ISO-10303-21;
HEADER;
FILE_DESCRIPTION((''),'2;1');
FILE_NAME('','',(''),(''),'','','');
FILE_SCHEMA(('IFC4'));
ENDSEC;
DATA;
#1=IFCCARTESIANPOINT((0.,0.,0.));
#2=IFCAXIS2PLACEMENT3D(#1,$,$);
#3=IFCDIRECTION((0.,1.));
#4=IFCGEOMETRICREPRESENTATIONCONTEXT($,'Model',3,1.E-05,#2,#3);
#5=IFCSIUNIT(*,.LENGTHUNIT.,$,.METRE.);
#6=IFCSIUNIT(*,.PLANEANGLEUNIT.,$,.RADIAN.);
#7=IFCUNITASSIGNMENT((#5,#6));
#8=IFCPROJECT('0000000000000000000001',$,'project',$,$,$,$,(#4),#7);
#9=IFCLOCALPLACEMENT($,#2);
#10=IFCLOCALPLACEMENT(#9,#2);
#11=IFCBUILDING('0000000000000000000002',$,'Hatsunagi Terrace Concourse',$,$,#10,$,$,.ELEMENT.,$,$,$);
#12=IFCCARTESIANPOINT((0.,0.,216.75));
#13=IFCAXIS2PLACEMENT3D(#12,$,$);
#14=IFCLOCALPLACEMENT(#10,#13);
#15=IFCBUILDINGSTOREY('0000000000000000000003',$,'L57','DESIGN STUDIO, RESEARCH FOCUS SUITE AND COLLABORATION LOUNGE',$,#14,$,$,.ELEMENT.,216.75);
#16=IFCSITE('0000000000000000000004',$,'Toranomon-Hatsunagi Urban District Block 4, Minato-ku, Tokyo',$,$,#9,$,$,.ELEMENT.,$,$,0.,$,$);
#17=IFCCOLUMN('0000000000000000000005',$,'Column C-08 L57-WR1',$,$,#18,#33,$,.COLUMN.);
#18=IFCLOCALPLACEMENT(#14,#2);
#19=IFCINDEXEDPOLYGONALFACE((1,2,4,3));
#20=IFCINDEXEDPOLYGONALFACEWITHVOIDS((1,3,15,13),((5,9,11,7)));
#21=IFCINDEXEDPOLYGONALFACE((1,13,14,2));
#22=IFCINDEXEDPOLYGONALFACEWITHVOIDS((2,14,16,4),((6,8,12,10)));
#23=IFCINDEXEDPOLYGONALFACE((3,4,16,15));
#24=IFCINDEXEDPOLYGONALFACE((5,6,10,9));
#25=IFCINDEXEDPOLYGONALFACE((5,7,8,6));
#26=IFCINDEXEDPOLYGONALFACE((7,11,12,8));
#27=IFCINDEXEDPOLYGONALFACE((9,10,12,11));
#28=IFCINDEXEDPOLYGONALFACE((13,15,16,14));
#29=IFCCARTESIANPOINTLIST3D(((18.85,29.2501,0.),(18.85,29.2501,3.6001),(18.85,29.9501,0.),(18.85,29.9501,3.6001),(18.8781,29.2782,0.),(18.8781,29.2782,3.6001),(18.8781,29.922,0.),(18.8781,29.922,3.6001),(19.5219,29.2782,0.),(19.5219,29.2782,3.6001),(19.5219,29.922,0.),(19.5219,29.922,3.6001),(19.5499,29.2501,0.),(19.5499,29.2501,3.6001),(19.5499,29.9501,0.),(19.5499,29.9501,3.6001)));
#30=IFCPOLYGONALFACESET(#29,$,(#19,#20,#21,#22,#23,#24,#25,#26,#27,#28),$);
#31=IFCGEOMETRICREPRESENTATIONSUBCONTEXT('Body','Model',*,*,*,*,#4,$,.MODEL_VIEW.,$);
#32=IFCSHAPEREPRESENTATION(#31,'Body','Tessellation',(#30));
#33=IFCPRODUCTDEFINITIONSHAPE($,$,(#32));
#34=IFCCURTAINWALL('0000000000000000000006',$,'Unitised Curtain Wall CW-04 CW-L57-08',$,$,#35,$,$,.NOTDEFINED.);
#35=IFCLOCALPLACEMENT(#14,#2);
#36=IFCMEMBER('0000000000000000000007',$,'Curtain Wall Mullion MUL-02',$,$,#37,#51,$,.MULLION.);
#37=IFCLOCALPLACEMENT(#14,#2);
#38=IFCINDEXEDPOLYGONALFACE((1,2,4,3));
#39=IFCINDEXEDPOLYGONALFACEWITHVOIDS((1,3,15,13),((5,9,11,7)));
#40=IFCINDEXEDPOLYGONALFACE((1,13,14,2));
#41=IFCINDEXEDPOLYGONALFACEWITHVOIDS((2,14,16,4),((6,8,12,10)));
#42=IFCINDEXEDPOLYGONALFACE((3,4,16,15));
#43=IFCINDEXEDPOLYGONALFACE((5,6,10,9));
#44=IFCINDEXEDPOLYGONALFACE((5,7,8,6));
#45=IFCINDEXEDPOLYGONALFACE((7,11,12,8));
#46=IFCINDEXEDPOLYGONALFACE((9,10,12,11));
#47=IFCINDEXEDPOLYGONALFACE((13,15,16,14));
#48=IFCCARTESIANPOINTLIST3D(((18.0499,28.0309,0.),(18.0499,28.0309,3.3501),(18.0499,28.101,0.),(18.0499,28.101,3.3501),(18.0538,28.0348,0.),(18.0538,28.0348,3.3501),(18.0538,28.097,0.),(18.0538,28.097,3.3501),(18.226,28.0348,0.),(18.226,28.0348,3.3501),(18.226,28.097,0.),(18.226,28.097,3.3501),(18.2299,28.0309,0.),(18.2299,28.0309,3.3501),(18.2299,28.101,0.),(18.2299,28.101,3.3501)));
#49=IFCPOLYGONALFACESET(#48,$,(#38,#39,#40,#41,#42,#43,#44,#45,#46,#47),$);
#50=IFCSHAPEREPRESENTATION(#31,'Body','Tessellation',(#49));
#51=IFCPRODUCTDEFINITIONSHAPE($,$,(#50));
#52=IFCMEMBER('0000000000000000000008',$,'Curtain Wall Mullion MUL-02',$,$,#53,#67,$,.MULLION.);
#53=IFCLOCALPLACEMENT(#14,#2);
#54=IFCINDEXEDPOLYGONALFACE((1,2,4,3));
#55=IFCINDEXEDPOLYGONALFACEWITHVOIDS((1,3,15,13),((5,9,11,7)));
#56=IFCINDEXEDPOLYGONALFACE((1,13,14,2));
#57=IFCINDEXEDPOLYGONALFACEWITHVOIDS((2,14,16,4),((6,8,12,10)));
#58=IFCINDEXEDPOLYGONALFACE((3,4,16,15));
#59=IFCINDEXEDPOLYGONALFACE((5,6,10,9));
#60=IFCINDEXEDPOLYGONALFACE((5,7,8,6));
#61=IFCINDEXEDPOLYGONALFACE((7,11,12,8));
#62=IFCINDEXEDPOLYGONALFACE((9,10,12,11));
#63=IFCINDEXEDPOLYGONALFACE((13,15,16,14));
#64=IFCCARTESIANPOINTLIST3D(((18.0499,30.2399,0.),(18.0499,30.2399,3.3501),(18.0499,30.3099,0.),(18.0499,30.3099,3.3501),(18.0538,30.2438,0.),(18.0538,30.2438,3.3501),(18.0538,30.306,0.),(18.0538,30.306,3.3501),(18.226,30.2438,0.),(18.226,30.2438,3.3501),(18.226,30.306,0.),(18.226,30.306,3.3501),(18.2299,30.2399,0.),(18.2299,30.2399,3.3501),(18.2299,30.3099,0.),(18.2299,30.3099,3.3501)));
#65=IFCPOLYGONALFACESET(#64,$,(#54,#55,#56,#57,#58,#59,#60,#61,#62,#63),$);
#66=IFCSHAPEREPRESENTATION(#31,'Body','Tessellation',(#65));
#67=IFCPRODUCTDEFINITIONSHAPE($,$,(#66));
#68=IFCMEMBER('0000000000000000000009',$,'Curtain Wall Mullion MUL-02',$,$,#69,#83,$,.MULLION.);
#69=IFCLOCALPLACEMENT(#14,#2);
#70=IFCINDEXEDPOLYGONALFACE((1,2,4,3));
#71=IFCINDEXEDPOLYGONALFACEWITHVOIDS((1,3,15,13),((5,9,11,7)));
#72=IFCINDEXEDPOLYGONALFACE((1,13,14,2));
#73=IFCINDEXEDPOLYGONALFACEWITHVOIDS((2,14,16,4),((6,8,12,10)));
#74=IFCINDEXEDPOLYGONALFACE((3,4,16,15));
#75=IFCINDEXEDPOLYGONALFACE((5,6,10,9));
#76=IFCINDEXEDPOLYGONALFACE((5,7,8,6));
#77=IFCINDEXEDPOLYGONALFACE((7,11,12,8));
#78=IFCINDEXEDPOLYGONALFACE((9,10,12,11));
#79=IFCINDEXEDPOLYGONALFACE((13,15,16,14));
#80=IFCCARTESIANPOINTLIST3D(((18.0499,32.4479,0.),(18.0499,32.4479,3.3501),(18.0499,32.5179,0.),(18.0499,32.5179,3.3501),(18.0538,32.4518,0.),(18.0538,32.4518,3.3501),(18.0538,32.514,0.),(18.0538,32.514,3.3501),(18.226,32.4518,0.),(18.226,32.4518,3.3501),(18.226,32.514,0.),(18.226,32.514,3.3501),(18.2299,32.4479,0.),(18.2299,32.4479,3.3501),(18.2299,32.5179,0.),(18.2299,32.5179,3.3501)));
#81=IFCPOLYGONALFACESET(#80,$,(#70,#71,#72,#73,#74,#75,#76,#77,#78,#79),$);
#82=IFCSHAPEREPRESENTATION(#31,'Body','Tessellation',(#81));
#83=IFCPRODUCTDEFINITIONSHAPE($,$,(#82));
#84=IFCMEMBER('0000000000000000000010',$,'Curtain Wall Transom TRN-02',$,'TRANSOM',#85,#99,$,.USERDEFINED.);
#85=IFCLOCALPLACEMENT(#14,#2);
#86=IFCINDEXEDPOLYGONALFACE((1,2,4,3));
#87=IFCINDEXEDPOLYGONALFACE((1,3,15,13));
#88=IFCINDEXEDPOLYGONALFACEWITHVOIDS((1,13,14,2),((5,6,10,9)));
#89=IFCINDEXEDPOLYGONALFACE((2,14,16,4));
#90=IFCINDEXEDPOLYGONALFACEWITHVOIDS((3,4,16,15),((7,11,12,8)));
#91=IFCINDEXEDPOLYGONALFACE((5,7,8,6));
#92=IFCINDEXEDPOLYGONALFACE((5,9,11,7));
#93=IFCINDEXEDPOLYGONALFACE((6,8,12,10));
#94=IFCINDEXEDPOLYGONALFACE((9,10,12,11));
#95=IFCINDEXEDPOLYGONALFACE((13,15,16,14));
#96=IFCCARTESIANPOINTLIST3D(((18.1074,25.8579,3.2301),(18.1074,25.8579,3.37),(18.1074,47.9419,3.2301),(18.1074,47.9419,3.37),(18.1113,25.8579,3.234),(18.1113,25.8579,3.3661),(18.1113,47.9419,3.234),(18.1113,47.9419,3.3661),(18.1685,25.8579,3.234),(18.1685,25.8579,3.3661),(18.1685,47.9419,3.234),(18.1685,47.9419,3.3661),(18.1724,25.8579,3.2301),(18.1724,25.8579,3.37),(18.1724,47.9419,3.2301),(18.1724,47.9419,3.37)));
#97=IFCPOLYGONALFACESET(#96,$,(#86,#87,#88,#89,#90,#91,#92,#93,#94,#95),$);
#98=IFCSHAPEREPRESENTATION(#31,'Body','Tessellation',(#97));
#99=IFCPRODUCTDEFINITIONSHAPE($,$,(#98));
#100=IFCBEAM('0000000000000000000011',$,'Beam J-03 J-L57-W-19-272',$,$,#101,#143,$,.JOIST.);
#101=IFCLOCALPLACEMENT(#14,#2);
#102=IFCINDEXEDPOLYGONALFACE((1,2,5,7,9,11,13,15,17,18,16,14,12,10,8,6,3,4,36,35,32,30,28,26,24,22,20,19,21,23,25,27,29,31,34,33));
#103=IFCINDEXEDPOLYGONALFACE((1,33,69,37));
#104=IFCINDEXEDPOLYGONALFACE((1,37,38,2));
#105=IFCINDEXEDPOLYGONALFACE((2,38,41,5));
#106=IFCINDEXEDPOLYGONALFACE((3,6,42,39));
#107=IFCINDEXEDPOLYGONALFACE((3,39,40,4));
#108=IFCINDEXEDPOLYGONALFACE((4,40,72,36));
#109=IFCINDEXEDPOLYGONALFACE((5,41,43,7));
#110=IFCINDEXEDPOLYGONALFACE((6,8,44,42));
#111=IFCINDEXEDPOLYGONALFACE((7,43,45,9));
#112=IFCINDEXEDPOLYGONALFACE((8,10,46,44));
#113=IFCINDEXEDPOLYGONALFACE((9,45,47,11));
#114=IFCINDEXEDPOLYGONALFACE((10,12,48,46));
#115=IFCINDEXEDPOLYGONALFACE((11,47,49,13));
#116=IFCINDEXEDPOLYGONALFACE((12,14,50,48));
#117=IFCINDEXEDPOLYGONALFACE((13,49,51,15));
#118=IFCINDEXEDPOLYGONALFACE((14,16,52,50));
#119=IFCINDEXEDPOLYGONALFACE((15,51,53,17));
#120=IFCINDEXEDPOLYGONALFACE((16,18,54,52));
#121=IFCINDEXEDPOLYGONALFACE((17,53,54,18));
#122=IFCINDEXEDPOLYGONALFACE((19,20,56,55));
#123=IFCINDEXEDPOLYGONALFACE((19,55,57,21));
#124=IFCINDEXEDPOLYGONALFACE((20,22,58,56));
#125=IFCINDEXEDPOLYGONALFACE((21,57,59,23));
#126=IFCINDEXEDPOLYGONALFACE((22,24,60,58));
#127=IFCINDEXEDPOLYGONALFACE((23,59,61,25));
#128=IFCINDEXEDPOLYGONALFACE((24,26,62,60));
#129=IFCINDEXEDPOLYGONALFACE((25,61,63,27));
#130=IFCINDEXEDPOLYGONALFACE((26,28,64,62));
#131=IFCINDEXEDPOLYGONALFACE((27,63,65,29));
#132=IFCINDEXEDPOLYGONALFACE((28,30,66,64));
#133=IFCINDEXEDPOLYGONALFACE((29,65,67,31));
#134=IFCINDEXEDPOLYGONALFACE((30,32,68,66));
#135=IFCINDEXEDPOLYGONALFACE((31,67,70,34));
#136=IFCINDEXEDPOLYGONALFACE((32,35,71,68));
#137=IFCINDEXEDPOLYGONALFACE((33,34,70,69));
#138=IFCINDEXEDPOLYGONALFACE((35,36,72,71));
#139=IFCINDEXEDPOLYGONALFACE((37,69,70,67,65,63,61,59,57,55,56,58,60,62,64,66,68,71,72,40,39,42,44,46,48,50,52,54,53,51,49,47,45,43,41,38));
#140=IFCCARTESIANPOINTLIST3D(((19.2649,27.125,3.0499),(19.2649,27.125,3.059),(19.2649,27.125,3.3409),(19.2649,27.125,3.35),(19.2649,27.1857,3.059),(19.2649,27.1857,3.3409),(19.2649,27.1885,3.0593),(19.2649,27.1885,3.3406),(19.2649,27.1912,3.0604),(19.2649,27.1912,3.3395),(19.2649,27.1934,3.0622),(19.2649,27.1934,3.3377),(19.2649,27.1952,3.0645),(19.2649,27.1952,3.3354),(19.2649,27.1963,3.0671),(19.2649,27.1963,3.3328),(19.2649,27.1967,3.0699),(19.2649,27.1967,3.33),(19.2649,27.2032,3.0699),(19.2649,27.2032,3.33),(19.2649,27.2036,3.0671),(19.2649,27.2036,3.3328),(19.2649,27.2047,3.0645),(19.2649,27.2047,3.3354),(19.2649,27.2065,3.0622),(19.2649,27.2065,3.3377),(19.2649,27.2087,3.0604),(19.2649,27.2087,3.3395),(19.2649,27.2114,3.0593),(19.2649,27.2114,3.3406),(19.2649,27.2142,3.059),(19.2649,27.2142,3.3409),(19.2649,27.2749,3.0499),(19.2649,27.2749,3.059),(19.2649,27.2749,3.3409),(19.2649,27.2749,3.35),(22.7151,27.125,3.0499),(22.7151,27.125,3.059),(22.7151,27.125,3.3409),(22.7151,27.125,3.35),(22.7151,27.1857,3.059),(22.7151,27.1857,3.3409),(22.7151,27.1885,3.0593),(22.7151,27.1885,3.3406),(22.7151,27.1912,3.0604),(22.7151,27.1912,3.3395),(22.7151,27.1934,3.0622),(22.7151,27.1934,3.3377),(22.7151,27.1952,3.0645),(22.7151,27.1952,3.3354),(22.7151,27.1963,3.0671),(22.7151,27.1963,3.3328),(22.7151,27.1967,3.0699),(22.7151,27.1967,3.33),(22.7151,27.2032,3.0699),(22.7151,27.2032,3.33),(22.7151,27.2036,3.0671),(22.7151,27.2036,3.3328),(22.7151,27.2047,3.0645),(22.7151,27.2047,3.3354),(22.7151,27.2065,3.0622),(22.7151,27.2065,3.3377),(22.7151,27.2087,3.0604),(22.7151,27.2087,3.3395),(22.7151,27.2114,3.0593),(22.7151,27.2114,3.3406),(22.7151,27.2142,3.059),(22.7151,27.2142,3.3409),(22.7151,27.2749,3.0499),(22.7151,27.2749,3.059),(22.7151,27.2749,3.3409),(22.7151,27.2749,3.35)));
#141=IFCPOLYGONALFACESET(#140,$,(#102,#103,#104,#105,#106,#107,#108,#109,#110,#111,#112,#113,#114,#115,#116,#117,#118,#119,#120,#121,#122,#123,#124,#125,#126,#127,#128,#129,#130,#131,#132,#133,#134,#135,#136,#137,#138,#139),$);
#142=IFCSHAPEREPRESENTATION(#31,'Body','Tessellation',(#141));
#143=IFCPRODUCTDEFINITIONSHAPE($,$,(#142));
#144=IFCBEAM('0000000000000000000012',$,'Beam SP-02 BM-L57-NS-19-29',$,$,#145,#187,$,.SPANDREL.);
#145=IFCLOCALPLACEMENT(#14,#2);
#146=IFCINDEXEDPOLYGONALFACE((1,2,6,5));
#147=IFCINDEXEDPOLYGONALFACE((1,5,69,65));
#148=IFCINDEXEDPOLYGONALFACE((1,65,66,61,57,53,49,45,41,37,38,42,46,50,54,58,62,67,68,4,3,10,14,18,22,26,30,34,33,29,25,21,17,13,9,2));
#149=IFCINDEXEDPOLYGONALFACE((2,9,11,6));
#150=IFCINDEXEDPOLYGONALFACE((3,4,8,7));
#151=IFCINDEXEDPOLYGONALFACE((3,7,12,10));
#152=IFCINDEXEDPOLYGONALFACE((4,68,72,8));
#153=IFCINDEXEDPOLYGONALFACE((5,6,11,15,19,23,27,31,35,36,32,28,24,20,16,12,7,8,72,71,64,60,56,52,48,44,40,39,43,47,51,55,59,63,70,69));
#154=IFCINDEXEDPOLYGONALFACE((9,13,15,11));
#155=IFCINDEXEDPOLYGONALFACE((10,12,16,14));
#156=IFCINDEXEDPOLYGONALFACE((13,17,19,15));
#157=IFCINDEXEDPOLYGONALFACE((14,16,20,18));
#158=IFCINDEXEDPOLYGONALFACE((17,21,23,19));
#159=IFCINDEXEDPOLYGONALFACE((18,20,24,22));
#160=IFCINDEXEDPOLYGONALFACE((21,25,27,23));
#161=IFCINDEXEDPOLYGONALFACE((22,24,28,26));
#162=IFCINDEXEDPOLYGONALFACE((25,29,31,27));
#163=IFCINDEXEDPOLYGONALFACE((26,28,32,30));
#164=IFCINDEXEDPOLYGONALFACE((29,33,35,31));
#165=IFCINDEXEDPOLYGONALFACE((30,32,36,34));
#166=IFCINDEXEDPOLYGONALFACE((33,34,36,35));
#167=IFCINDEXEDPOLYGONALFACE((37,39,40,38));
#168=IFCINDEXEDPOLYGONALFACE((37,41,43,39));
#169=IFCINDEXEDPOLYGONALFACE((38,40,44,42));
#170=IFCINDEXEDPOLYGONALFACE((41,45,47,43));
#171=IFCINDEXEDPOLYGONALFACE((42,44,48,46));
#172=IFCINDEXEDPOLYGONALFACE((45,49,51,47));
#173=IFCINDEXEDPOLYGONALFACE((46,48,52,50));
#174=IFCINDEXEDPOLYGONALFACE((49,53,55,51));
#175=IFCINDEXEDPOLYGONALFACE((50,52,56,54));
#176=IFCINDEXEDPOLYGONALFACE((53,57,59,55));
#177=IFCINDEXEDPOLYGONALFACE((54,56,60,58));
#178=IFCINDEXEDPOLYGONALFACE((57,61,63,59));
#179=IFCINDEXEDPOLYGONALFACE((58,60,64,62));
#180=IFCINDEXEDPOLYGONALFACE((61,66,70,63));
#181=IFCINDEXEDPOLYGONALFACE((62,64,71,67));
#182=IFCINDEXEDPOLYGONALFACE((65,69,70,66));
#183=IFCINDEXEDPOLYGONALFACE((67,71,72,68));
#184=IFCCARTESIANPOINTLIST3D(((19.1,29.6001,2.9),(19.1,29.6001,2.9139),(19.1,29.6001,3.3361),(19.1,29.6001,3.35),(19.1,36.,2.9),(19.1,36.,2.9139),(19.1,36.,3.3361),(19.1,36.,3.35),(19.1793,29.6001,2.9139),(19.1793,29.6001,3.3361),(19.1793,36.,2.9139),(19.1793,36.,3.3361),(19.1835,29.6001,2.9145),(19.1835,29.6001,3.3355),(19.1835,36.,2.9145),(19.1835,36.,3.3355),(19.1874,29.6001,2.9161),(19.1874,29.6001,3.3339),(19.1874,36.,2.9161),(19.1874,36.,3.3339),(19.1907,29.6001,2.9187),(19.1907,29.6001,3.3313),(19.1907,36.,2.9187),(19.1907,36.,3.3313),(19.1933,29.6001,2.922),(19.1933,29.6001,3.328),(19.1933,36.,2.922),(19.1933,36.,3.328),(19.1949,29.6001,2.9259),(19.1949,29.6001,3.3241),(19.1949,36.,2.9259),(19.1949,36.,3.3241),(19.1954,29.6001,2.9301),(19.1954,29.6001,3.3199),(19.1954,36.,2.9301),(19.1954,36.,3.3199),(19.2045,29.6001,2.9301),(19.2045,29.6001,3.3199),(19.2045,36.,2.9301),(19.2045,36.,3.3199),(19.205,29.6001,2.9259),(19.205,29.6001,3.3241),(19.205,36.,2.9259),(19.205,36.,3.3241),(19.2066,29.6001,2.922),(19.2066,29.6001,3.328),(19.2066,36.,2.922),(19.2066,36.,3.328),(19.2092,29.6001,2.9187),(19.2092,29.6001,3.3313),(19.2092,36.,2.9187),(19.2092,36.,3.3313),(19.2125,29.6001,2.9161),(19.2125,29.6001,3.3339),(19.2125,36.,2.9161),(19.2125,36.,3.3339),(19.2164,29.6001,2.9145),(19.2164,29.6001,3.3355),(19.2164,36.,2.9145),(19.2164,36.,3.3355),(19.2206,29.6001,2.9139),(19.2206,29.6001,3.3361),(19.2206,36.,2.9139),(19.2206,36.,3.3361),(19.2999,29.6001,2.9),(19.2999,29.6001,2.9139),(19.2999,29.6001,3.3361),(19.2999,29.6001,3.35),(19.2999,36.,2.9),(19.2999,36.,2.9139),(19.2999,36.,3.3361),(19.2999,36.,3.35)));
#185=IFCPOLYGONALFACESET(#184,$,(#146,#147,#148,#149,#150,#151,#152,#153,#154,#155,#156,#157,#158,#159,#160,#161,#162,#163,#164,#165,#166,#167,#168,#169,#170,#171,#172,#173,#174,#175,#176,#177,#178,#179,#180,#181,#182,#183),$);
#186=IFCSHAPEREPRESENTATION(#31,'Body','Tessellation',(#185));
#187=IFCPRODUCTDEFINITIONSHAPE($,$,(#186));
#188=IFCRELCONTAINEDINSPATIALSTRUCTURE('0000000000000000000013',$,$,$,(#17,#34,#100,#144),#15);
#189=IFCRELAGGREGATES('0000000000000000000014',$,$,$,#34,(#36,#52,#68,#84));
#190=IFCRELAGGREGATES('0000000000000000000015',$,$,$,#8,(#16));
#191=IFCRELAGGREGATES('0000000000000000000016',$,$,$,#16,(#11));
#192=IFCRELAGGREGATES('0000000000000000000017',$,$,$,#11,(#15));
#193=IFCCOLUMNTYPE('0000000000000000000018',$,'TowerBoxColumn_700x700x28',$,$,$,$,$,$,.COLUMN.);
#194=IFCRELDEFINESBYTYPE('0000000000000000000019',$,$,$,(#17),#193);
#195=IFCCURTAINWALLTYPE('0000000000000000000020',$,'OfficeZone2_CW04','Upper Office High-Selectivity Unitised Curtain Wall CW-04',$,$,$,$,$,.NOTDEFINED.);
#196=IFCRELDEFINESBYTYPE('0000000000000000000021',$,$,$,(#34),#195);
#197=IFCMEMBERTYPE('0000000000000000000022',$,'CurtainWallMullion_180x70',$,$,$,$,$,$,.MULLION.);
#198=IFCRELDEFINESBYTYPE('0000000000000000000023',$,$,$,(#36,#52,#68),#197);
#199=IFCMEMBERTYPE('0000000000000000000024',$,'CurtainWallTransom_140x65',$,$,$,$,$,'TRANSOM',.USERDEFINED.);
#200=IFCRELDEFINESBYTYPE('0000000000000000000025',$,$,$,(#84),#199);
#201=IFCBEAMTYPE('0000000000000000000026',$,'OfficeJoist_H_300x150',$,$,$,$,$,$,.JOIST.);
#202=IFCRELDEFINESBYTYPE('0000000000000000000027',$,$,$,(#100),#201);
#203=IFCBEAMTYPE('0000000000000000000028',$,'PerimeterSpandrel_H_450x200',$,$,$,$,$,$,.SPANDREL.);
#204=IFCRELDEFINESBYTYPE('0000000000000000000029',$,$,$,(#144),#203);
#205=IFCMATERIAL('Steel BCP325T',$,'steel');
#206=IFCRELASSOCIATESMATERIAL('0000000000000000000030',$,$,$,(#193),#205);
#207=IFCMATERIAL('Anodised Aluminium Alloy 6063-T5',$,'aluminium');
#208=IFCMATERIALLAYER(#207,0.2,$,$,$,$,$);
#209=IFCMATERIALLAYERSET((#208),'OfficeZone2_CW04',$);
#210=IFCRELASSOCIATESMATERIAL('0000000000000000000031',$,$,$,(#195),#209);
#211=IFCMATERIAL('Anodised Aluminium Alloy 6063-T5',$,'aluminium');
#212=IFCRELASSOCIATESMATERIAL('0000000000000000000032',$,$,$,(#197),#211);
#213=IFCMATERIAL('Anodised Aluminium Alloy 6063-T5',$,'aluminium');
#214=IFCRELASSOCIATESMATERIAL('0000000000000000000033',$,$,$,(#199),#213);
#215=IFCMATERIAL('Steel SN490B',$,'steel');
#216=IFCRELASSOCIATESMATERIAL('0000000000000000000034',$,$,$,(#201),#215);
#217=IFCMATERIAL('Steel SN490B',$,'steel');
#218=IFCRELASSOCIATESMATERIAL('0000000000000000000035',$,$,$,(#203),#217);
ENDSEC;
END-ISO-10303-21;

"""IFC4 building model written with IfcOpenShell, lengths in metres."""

from ifc_helpers import new_model, si_unit, direction, frame, origin, origin_2d, place, context, subcontext, project, spatial, hollow_rectangle, i_section, extrude, material, layer, layer_set, material_profile, profile_set, type_object, element, aggregate, save


model = new_model("IFC4")

# Units and contexts
model_context = context("Model", 3, precision=1e-05, world=origin(), true_north=direction((0.0, 1.0)))
body_context = subcontext(model_context, "Body", "Model", "MODEL_VIEW")
ifc_project = project(units=[si_unit("LENGTHUNIT", "METRE"), si_unit("PLANEANGLEUNIT", "RADIAN")], contexts=[model_context])

# Site, building, storey
site_placement = place(None, origin())
site = spatial("IfcSite", under=ifc_project, at=site_placement, Name="Toranomon-Hatsunagi Urban District Block 4, Minato-ku, Tokyo", CompositionType="ELEMENT", RefElevation=0.0)
building_placement = place(site_placement, origin())
building = spatial("IfcBuilding", under=site, at=building_placement, Name="Hatsunagi Terrace Concourse", CompositionType="ELEMENT")
storey_placement = place(building_placement, frame((0.0, 0.0, 216.75)))
storey = spatial("IfcBuildingStorey", under=building, at=storey_placement, Name="L57", Description="DESIGN STUDIO, RESEARCH FOCUS SUITE AND COLLABORATION LOUNGE", CompositionType="ELEMENT", Elevation=216.75)

# Column
ifc_material_1 = material(Name="Steel BCP325T", Category="steel")
ifc_material_profile_1 = material_profile(ifc_material_1, hollow_rectangle(XDim=0.7, YDim=0.7, WallThickness=0.0281, at=origin_2d()), Name="BCP-700x700x28")
ifc_profile_set_1 = profile_set([ifc_material_profile_1], Name="Steel BCP325T")
column_type = type_object("IfcColumnType", Name="TowerBoxColumn_700x700x28", PredefinedType="COLUMN", material=ifc_profile_set_1)
column_placement = place(storey_placement, frame((19.2, 29.6001, 0.0), z_axis=(0.0, 0.0, 1.0), x_axis=(1.0, 0.0, 0.0)))
element("IfcColumn", 1, at=column_placement, inside=storey, type_object=column_type, Name="Column C-08 L57-WR1", PredefinedType="COLUMN", context=body_context, shape_type="SweptSolid", body=[
    extrude(hollow_rectangle(XDim=0.7, YDim=0.7, WallThickness=0.0281, at=origin_2d()), origin(), (0.0, 0.0, 1.0), 3.6001),
])

# Curtain wall, members
ifc_material_2 = material(Name="Anodised Aluminium Alloy 6063-T5", Category="aluminium")
ifc_layer_1 = layer(ifc_material_2, 0.2)
ifc_layer_set_1 = layer_set([ifc_layer_1], Name="OfficeZone2_CW04")
curtain_wall_type = type_object("IfcCurtainWallType", Name="OfficeZone2_CW04", Description="Upper Office High-Selectivity Unitised Curtain Wall CW-04", PredefinedType="NOTDEFINED", material=ifc_layer_set_1)
curtain_wall_placement = place(storey_placement, origin())
curtain_wall = element("IfcCurtainWall", 2, at=curtain_wall_placement, inside=storey, type_object=curtain_wall_type, Name="Unitised Curtain Wall CW-04 CW-L57-08", PredefinedType="NOTDEFINED")
ifc_material_3 = material(Name="Anodised Aluminium Alloy 6063-T5", Category="aluminium")
ifc_material_profile_2 = material_profile(ifc_material_3, hollow_rectangle(XDim=0.0701, YDim=0.1799, WallThickness=0.0039, at=origin_2d()), Name="ALU-MUL-180x70x4")
ifc_profile_set_2 = profile_set([ifc_material_profile_2], Name="Anodised Aluminium Alloy 6063-T5")
member_type_1 = type_object("IfcMemberType", Name="CurtainWallMullion_180x70", PredefinedType="MULLION", material=ifc_profile_set_2)
member_1_placement = place(storey_placement, frame((18.1399, 28.0659, 0.0), z_axis=(0.0, 0.0, 1.0), x_axis=(0.0, 1.0, 0.0)))
member_1 = element("IfcMember", 3, at=member_1_placement, type_object=member_type_1, Name="Curtain Wall Mullion MUL-02", PredefinedType="MULLION", context=body_context, shape_type="SweptSolid", body=[
    extrude(hollow_rectangle(XDim=0.0701, YDim=0.1799, WallThickness=0.0039, at=origin_2d()), origin(), (0.0, 0.0, 1.0), 3.3501),
])
member_2_placement = place(storey_placement, frame((18.1399, 30.2749, 0.0), z_axis=(0.0, 0.0, 1.0), x_axis=(0.0, 1.0, 0.0)))
member_2 = element("IfcMember", 4, at=member_2_placement, type_object=member_type_1, Name="Curtain Wall Mullion MUL-02", PredefinedType="MULLION", context=body_context, shape_type="SweptSolid", body=[
    extrude(hollow_rectangle(XDim=0.0701, YDim=0.1799, WallThickness=0.0039, at=origin_2d()), origin(), (0.0, 0.0, 1.0), 3.3501),
])
member_3_placement = place(storey_placement, frame((18.1399, 32.4829, 0.0), z_axis=(0.0, 0.0, 1.0), x_axis=(0.0, 1.0, 0.0)))
member_3 = element("IfcMember", 5, at=member_3_placement, type_object=member_type_1, Name="Curtain Wall Mullion MUL-02", PredefinedType="MULLION", context=body_context, shape_type="SweptSolid", body=[
    extrude(hollow_rectangle(XDim=0.0701, YDim=0.1799, WallThickness=0.0039, at=origin_2d()), origin(), (0.0, 0.0, 1.0), 3.3501),
])
ifc_material_4 = material(Name="Anodised Aluminium Alloy 6063-T5", Category="aluminium")
ifc_material_profile_3 = material_profile(ifc_material_4, hollow_rectangle(XDim=0.0649, YDim=0.1399, WallThickness=0.0039, at=origin_2d()), Name="ALU-TRN-140x65x4")
ifc_profile_set_3 = profile_set([ifc_material_profile_3], Name="Anodised Aluminium Alloy 6063-T5")
member_type_2 = type_object("IfcMemberType", Name="CurtainWallTransom_140x65", ElementType="TRANSOM", PredefinedType="USERDEFINED", material=ifc_profile_set_3)
member_4_placement = place(storey_placement, frame((18.1399, 25.8579, 3.3), z_axis=(0.0, 1.0, 0.0), x_axis=(-1.0, 0.0, 0.0)))
member_4 = element("IfcMember", 6, at=member_4_placement, type_object=member_type_2, Name="Curtain Wall Transom TRN-02", ObjectType="TRANSOM", PredefinedType="USERDEFINED", context=body_context, shape_type="SweptSolid", body=[
    extrude(hollow_rectangle(XDim=0.0649, YDim=0.1399, WallThickness=0.0039, at=origin_2d()), origin(), (0.0, 0.0, 1.0), 22.084),
])

# Beams
ifc_material_5 = material(Name="Steel SN490B", Category="steel")
ifc_material_profile_4 = material_profile(ifc_material_5, i_section(OverallWidth=0.1499, OverallDepth=0.3, WebThickness=0.0066, FlangeThickness=0.009, FilletRadius=0.011, at=origin_2d()), Name="H-300x150x6.5x9")
ifc_profile_set_4 = profile_set([ifc_material_profile_4], Name="Steel SN490B")
beam_type_1 = type_object("IfcBeamType", Name="OfficeJoist_H_300x150", PredefinedType="JOIST", material=ifc_profile_set_4)
beam_1_placement = place(storey_placement, frame((19.2649, 27.2, 3.2), z_axis=(1.0, 0.0, 0.0), x_axis=(0.0, 1.0, 0.0)))
element("IfcBeam", 7, at=beam_1_placement, inside=storey, type_object=beam_type_1, Name="Beam J-03 J-L57-W-19-272", PredefinedType="JOIST", context=body_context, shape_type="SweptSolid", body=[
    extrude(i_section(OverallWidth=0.1499, OverallDepth=0.3, WebThickness=0.0066, FlangeThickness=0.009, FilletRadius=0.011, at=origin_2d()), origin(), (0.0, 0.0, 1.0), 3.4502),
])
ifc_material_6 = material(Name="Steel SN490B", Category="steel")
ifc_material_profile_5 = material_profile(ifc_material_6, i_section(OverallWidth=0.2, OverallDepth=0.45, WebThickness=0.009, FlangeThickness=0.0139, FilletRadius=0.0161, at=origin_2d()), Name="H-450x200x9x14")
ifc_profile_set_5 = profile_set([ifc_material_profile_5], Name="Steel SN490B")
beam_type_2 = type_object("IfcBeamType", Name="PerimeterSpandrel_H_450x200", PredefinedType="SPANDREL", material=ifc_profile_set_5)
beam_2_placement = place(storey_placement, frame((19.2, 29.6001, 3.125), z_axis=(0.0, 1.0, 0.0), x_axis=(-1.0, 0.0, 0.0)))
element("IfcBeam", 8, at=beam_2_placement, inside=storey, type_object=beam_type_2, Name="Beam SP-02 BM-L57-NS-19-29", PredefinedType="SPANDREL", context=body_context, shape_type="SweptSolid", body=[
    extrude(i_section(OverallWidth=0.2, OverallDepth=0.45, WebThickness=0.009, FlangeThickness=0.0139, FilletRadius=0.0161, at=origin_2d()), origin(), (0.0, 0.0, 1.0), 6.3999),
])

aggregate(curtain_wall, [member_1, member_2, member_3, member_4])

save(model, "model.ifc")
